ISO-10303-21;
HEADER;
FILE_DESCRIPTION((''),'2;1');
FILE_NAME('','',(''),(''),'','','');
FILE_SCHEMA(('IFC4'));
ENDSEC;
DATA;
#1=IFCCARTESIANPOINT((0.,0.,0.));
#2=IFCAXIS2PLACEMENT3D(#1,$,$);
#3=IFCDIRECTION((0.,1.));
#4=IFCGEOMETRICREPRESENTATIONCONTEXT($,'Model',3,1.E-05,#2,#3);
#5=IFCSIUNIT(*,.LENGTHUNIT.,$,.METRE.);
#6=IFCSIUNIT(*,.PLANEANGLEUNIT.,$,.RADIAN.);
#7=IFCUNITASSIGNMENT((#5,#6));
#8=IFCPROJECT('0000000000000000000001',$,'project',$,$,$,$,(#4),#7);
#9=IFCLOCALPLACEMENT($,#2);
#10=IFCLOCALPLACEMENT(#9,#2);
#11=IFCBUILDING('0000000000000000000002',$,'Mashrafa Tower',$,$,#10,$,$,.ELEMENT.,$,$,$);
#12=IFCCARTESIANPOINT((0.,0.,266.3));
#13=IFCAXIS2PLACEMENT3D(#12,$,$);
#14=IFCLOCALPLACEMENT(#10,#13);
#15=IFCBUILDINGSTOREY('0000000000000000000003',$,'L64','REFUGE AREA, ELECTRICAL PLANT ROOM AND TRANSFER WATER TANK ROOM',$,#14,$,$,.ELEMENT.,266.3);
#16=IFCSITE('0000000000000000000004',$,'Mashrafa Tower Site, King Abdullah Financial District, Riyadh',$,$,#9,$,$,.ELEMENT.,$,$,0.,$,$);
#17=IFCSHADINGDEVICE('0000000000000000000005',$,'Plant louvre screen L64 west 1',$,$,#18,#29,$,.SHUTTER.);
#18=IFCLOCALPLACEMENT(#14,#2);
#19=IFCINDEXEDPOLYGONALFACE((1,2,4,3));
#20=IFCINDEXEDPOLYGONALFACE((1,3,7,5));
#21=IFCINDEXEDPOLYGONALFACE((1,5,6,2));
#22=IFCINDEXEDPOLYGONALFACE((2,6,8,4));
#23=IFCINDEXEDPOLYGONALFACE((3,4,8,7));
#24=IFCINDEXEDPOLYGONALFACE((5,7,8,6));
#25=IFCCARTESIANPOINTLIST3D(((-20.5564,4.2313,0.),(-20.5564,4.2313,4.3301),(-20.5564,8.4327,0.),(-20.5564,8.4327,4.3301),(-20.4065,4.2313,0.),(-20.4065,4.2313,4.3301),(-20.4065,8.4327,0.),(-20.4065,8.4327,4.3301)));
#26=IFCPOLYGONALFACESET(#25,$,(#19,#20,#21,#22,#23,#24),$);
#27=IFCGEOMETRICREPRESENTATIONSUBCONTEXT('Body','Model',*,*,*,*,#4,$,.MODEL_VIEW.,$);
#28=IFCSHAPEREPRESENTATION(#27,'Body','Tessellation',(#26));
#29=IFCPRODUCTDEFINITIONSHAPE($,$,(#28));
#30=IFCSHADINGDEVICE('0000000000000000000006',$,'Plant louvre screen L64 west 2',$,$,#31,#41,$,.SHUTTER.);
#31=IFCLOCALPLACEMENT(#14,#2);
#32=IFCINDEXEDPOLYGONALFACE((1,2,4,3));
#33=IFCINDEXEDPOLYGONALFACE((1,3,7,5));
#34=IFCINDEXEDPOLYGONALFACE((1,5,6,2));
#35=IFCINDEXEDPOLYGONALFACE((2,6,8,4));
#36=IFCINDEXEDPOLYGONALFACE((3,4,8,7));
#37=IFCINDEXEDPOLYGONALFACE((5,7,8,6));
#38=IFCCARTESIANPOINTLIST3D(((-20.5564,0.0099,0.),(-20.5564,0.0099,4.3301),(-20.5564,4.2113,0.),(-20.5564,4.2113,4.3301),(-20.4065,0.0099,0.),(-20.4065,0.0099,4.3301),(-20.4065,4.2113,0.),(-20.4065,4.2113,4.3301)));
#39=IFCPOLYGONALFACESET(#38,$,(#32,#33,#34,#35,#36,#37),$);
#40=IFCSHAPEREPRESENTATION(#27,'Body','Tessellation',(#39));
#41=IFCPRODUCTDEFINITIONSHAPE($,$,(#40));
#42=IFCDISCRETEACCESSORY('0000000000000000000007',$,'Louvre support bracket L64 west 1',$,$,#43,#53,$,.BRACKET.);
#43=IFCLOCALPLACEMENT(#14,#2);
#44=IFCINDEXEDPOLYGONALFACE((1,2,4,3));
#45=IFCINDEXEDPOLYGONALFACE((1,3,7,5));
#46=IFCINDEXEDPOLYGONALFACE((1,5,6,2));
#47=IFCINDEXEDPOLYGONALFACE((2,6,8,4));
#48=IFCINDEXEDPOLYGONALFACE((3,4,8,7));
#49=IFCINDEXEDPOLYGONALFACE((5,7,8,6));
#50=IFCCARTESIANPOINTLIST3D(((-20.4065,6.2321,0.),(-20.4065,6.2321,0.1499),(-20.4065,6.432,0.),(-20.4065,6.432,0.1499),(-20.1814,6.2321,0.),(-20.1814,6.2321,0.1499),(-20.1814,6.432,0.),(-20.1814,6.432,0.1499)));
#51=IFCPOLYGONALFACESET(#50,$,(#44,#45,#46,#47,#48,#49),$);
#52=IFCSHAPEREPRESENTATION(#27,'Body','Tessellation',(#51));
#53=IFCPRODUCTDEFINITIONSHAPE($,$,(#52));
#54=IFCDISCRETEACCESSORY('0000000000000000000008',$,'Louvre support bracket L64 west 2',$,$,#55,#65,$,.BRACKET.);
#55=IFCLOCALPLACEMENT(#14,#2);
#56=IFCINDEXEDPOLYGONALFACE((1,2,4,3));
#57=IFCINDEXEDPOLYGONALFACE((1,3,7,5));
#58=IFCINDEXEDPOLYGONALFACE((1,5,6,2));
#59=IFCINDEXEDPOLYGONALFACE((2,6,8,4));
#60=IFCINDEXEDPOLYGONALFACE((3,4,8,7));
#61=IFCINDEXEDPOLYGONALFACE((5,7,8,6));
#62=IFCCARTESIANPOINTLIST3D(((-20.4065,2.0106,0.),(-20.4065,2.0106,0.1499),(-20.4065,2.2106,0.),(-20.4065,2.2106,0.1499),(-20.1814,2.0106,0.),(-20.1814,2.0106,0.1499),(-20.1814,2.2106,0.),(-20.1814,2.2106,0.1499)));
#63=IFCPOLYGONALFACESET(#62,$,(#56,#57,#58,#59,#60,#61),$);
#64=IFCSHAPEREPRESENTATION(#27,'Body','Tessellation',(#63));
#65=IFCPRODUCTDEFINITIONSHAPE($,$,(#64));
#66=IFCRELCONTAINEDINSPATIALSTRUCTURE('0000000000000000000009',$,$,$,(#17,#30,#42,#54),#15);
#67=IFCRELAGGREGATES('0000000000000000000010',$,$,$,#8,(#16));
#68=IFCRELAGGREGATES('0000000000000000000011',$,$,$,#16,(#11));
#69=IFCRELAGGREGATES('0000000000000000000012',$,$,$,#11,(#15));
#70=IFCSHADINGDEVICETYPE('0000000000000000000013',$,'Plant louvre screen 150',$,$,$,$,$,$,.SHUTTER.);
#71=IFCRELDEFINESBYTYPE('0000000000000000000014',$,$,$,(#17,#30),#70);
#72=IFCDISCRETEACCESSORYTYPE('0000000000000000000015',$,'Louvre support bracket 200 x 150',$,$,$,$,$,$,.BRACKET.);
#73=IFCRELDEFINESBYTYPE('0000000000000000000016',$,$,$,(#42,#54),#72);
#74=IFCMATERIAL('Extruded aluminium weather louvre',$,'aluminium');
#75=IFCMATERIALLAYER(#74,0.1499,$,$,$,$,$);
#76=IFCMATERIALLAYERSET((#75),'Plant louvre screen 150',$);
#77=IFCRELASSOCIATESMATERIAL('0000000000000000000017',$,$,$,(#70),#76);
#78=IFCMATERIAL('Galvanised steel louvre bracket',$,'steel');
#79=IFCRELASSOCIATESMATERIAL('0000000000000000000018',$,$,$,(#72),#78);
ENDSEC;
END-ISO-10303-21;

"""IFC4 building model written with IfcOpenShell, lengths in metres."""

from ifc_helpers import new_model, si_unit, direction, frame, origin, origin_2d, place, context, subcontext, project, spatial, rectangle, extrude, source, transform, mapped, material, layer, layer_set, type_object, type_shapes, element, save


model = new_model("IFC4")

# Units and contexts
model_context = context("Model", 3, precision=1e-05, world=origin(), true_north=direction((0.0, 1.0)))
body_context = subcontext(model_context, "Body", "Model", "MODEL_VIEW")
ifc_project = project(units=[si_unit("LENGTHUNIT", "METRE"), si_unit("PLANEANGLEUNIT", "RADIAN")], contexts=[model_context])

# Site, building, storey
site_placement = place(None, origin())
site = spatial("IfcSite", under=ifc_project, at=site_placement, Name="Mashrafa Tower Site, King Abdullah Financial District, Riyadh", CompositionType="ELEMENT", RefElevation=0.0)
building_placement = place(site_placement, origin())
building = spatial("IfcBuilding", under=site, at=building_placement, Name="Mashrafa Tower", CompositionType="ELEMENT")
storey_placement = place(building_placement, frame((0.0, 0.0, 266.3)))
storey = spatial("IfcBuildingStorey", under=building, at=storey_placement, Name="L64", Description="REFUGE AREA, ELECTRICAL PLANT ROOM AND TRANSFER WATER TANK ROOM", CompositionType="ELEMENT", Elevation=266.3)

# Shading devices
ifc_material_1 = material(Name="Extruded aluminium weather louvre", Category="aluminium")
ifc_layer_1 = layer(ifc_material_1, 0.1499)
ifc_layer_set_1 = layer_set([ifc_layer_1], Name="Plant louvre screen 150")
shading_device_type = type_object("IfcShadingDeviceType", Name="Plant louvre screen 150", PredefinedType="SHUTTER", material=ifc_layer_set_1)
shared_shape_1 = source(origin(), body_context, "Body", "SweptSolid", [
    extrude(rectangle(XDim=4.2014, YDim=0.1499, at=origin_2d()), origin(), (0.0, 0.0, 1.0), 4.3301),
])
type_shapes(shading_device_type, [shared_shape_1])
for number, where, z_axis, x_axis, name in (
    (1, (-20.4814, 6.332, 0.0), (0.0, 0.0, 1.0), (0.0, -1.0, 0.0), "Plant louvre screen L64 west 1"),
    (2, (-20.4814, 2.1106, 0.0), (0.0, 0.0, 1.0), (0.0, -1.0, 0.0), "Plant louvre screen L64 west 2"),
):
    element("IfcShadingDevice", number, at=place(storey_placement, frame(where, z_axis=z_axis, x_axis=x_axis)), inside=storey, type_object=shading_device_type, Name=name, PredefinedType="SHUTTER", context=body_context, shape_type="MappedRepresentation", body=[
        mapped(shared_shape_1, transform((0.0, 0.0, 0.0))),
    ])

# Discrete accessories
ifc_material_2 = material(Name="Galvanised steel louvre bracket", Category="steel")
discrete_accessory_type = type_object("IfcDiscreteAccessoryType", Name="Louvre support bracket 200 x 150", PredefinedType="BRACKET", material=ifc_material_2)
shared_shape_2 = source(origin(), body_context, "Body", "SweptSolid", [
    extrude(rectangle(XDim=0.2, YDim=0.2251, at=origin_2d()), origin(), (0.0, 0.0, 1.0), 0.1499),
])
type_shapes(discrete_accessory_type, [shared_shape_2])
for number, where, z_axis, x_axis, name in (
    (3, (-20.2939, 6.332, 0.0), (0.0, 0.0, 1.0), (0.0, -1.0, 0.0), "Louvre support bracket L64 west 1"),
    (4, (-20.2939, 2.1106, 0.0), (0.0, 0.0, 1.0), (0.0, -1.0, 0.0), "Louvre support bracket L64 west 2"),
):
    element("IfcDiscreteAccessory", number, at=place(storey_placement, frame(where, z_axis=z_axis, x_axis=x_axis)), inside=storey, type_object=discrete_accessory_type, Name=name, PredefinedType="BRACKET", context=body_context, shape_type="MappedRepresentation", body=[
        mapped(shared_shape_2, transform((0.0, 0.0, 0.0))),
    ])

save(model, "model.ifc")
